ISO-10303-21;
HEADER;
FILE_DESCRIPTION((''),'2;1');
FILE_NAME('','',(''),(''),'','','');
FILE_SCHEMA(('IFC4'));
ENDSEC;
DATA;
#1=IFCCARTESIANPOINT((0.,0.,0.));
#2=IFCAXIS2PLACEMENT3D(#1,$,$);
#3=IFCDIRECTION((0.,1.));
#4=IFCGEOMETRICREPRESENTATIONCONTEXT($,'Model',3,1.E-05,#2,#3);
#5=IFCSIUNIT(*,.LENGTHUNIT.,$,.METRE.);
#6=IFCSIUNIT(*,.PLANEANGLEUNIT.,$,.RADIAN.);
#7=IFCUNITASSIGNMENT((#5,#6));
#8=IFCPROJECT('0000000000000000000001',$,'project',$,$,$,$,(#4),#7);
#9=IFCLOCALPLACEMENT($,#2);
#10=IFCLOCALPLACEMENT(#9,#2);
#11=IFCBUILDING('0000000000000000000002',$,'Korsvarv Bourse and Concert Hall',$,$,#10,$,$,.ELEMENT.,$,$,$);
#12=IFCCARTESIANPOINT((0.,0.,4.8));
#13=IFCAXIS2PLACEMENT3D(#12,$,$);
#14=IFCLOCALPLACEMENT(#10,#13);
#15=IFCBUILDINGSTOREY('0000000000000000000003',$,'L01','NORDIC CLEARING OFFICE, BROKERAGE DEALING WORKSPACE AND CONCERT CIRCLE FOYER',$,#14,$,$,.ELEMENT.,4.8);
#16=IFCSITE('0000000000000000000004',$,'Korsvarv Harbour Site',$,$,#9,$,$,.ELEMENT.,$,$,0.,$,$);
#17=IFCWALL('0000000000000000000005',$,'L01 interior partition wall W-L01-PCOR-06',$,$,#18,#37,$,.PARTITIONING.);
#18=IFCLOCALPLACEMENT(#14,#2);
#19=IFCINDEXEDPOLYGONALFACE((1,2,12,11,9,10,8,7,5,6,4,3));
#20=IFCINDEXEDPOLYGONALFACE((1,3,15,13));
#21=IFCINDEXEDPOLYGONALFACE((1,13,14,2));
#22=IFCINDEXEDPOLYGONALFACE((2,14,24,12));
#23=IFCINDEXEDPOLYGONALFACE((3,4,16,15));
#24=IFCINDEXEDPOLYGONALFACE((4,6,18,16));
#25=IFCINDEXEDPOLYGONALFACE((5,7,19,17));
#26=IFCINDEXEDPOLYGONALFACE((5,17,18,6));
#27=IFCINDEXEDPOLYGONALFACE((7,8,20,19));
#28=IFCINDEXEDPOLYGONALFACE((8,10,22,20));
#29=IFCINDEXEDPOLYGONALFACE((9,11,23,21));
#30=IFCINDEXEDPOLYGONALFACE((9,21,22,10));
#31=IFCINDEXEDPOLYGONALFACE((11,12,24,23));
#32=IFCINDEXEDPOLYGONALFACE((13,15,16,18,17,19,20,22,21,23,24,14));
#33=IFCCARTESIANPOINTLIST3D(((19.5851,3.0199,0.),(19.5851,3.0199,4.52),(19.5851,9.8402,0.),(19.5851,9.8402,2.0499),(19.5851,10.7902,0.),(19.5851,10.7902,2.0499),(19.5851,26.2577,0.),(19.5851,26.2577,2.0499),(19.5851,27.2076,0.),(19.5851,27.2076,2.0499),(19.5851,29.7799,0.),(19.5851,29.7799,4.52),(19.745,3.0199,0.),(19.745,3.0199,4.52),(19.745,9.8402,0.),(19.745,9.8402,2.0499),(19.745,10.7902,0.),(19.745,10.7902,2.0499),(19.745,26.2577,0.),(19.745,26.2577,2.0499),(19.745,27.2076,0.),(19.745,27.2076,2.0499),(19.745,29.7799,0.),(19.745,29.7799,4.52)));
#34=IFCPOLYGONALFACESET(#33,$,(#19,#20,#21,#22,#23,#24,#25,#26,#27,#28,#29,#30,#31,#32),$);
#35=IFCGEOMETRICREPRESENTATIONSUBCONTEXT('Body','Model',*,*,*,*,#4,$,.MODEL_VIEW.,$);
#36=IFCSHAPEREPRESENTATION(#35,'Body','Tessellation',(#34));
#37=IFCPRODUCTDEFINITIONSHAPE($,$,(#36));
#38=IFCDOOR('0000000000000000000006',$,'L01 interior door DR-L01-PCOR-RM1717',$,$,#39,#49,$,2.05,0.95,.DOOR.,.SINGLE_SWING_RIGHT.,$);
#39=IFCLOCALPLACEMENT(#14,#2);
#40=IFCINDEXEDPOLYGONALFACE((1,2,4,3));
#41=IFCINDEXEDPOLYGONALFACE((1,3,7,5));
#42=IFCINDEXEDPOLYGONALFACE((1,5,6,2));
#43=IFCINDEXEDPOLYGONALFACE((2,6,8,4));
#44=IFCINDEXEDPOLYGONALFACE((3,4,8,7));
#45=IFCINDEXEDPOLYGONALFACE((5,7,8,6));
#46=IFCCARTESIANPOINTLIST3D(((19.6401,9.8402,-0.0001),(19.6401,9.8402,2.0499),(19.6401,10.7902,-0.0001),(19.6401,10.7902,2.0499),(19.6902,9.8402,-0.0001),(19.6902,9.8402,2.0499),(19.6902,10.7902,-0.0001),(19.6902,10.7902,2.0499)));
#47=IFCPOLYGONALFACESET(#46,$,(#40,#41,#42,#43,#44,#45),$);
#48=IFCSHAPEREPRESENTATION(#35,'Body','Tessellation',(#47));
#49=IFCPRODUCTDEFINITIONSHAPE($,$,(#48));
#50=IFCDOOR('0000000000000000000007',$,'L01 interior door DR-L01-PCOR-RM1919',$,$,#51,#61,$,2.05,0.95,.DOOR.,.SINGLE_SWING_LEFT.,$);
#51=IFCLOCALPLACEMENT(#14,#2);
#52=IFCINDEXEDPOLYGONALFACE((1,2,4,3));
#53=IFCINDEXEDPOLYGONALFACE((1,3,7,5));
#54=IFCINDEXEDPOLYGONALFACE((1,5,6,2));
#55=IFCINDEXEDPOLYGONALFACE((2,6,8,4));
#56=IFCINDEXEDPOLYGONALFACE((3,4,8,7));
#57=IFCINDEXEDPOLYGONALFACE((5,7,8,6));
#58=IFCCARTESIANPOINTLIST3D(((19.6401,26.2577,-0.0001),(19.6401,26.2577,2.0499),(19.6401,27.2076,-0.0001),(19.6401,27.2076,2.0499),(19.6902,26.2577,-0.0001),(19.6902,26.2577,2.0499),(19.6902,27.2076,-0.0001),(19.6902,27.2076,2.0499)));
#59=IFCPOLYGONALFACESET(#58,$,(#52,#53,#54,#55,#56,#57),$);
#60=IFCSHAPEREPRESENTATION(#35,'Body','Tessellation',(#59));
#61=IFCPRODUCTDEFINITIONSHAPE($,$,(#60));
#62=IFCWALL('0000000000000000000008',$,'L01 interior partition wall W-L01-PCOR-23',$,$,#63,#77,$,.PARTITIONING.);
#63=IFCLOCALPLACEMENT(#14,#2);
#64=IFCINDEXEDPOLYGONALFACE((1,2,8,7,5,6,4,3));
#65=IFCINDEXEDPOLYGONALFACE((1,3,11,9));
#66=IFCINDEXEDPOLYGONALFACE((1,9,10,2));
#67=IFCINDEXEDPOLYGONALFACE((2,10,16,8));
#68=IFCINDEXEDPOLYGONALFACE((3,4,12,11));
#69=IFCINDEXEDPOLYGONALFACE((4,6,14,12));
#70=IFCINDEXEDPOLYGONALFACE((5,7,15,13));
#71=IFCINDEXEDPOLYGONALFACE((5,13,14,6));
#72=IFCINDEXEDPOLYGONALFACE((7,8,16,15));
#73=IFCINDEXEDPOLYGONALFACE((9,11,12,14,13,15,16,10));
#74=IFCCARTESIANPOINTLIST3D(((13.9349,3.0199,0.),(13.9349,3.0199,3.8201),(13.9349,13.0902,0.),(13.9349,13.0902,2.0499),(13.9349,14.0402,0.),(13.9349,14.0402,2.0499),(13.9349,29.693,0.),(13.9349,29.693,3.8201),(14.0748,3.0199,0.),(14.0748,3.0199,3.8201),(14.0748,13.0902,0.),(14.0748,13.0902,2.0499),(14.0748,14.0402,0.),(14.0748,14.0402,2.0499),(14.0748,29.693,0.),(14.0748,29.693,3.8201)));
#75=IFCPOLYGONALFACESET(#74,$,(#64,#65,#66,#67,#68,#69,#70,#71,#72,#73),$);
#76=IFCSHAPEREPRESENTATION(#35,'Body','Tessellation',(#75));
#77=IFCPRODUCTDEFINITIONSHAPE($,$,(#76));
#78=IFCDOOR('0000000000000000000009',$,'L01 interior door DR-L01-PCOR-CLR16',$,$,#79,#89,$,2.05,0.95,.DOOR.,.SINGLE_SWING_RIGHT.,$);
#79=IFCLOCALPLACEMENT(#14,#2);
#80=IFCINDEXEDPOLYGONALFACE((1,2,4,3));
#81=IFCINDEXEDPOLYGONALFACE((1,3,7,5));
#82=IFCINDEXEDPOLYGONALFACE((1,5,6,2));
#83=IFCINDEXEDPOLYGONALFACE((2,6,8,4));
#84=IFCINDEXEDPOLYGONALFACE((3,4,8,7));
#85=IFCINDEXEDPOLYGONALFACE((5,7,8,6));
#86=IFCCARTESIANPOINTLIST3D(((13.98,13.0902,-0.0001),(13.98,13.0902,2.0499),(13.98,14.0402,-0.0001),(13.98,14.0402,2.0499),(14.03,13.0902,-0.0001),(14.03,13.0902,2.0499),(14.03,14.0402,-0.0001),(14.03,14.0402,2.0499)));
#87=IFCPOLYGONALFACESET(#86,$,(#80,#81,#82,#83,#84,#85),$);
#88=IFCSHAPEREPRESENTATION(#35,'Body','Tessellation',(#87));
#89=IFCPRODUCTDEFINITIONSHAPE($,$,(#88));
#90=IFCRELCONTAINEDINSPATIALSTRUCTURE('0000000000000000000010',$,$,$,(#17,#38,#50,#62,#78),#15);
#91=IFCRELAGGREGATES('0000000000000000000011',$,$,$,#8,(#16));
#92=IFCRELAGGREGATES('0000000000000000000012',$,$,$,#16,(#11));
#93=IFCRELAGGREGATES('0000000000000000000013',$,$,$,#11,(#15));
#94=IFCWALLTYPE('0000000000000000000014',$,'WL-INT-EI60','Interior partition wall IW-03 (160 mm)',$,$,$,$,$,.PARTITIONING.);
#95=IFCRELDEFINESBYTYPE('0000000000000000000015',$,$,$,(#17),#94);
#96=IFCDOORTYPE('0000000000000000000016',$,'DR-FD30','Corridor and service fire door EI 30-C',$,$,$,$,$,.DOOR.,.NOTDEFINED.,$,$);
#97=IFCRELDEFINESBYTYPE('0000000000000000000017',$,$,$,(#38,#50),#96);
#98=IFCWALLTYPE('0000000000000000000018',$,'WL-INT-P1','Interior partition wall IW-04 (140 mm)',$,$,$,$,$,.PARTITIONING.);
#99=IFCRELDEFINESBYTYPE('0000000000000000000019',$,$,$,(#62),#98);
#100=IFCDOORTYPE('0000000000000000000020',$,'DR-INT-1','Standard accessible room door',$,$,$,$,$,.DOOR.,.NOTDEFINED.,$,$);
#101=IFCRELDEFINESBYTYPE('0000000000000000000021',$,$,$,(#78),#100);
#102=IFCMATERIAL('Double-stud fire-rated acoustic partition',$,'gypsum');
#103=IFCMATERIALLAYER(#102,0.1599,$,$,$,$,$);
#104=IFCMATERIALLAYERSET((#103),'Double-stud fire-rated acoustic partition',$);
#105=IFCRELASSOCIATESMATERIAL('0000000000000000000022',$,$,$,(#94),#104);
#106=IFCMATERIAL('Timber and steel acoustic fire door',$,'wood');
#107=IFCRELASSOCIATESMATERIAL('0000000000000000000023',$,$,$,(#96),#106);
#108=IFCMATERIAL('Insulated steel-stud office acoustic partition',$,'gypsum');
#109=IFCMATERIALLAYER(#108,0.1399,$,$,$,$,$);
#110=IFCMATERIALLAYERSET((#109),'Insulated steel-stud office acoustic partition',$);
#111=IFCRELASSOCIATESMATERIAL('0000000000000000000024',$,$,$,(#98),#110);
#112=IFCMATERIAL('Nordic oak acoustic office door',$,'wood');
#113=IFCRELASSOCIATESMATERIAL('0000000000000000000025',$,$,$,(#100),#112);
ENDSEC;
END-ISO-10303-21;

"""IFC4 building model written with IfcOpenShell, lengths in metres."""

from ifc_helpers import new_model, si_unit, direction, frame, frame_2d, origin, place, context, subcontext, project, spatial, rectangle, extrude, material, layer, layer_set, type_object, element, fill, save


model = new_model("IFC4")

# Units and contexts
model_context = context("Model", 3, precision=1e-05, world=origin(), true_north=direction((0.0, 1.0)))
body_context = subcontext(model_context, "Body", "Model", "MODEL_VIEW")
ifc_project = project(units=[si_unit("LENGTHUNIT", "METRE"), si_unit("PLANEANGLEUNIT", "RADIAN")], contexts=[model_context])

# Site, building, storey
site_placement = place(None, origin())
site = spatial("IfcSite", under=ifc_project, at=site_placement, Name="Korsvarv Harbour Site", CompositionType="ELEMENT", RefElevation=0.0)
building_placement = place(site_placement, origin())
building = spatial("IfcBuilding", under=site, at=building_placement, Name="Korsvarv Bourse and Concert Hall", CompositionType="ELEMENT")
storey_placement = place(building_placement, frame((0.0, 0.0, 4.8)))
storey = spatial("IfcBuildingStorey", under=building, at=storey_placement, Name="L01", Description="NORDIC CLEARING OFFICE, BROKERAGE DEALING WORKSPACE AND CONCERT CIRCLE FOYER", CompositionType="ELEMENT", Elevation=4.8)

# Wall, openings, doors
ifc_material_1 = material(Name="Double-stud fire-rated acoustic partition", Category="gypsum")
ifc_layer_1 = layer(ifc_material_1, 0.1599)
ifc_layer_set_1 = layer_set([ifc_layer_1], Name="Double-stud fire-rated acoustic partition")
wall_type_1 = type_object("IfcWallType", Name="WL-INT-EI60", Description="Interior partition wall IW-03 (160 mm)", PredefinedType="PARTITIONING", material=ifc_layer_set_1)
wall_1_placement = place(storey_placement, frame((19.665, 3.02, 0.0), z_axis=(0.0, 0.0, 1.0), x_axis=(0.0, 1.0, 0.0)))
wall_1 = element("IfcWall", 1, at=wall_1_placement, inside=storey, type_object=wall_type_1, Name="L01 interior partition wall W-L01-PCOR-06", PredefinedType="PARTITIONING", context=body_context, shape_type="SweptSolid", body=[
    extrude(rectangle(XDim=26.76, YDim=0.1599, at=frame_2d((13.3799, 0.0))), origin(), (0.0, 0.0, 1.0), 4.52),
])
opening_1_placement = place(wall_1_placement, frame((6.8201, 0.0, 0.0)))
opening_1 = element("IfcOpeningElement", 2, at=opening_1_placement, cuts=wall_1, PredefinedType="OPENING", context=body_context, shape_type="SweptSolid", body=[
    extrude(rectangle(XDim=0.95, YDim=2.05, at=frame_2d((0.4751, 1.0249))), frame((0.0, 0.0898, 0.0), z_axis=(0.0, -1.0, 0.0), x_axis=(1.0, 0.0, 0.0)), (0.0, 0.0, 1.0), 0.1799),
])
opening_2_placement = place(wall_1_placement, frame((23.2375, 0.0, 0.0)))
opening_2 = element("IfcOpeningElement", 3, at=opening_2_placement, cuts=wall_1, PredefinedType="OPENING", context=body_context, shape_type="SweptSolid", body=[
    extrude(rectangle(XDim=0.95, YDim=2.05, at=frame_2d((0.4751, 1.0249))), frame((0.0, 0.0898, 0.0), z_axis=(0.0, -1.0, 0.0), x_axis=(1.0, 0.0, 0.0)), (0.0, 0.0, 1.0), 0.1799),
])
ifc_material_2 = material(Name="Timber and steel acoustic fire door", Category="wood")
door_type_1 = type_object("IfcDoorType", Name="DR-FD30", Description="Corridor and service fire door EI 30-C", OperationType="NOTDEFINED", PredefinedType="DOOR", material=ifc_material_2)
door_1_placement = place(opening_1_placement, origin())
door_1 = element("IfcDoor", 4, at=door_1_placement, inside=storey, type_object=door_type_1, Name="L01 interior door DR-L01-PCOR-RM1717", OperationType="SINGLE_SWING_RIGHT", OverallHeight=2.05, OverallWidth=0.95, PredefinedType="DOOR", context=body_context, shape_type="SweptSolid", body=[
    extrude(rectangle(XDim=0.95, YDim=2.05, at=frame_2d((0.4751, 1.0249))), frame((0.0, 0.0249, 0.0), z_axis=(0.0, -1.0, 0.0), x_axis=(1.0, 0.0, 0.0)), (0.0, 0.0, 1.0), 0.05),
])
fill(opening_1, door_1)
door_2_placement = place(opening_2_placement, origin())
door_2 = element("IfcDoor", 5, at=door_2_placement, inside=storey, type_object=door_type_1, Name="L01 interior door DR-L01-PCOR-RM1919", OperationType="SINGLE_SWING_LEFT", OverallHeight=2.05, OverallWidth=0.95, PredefinedType="DOOR", context=body_context, shape_type="SweptSolid", body=[
    extrude(rectangle(XDim=0.95, YDim=2.05, at=frame_2d((0.4751, 1.0249))), frame((0.0, 0.0249, 0.0), z_axis=(0.0, -1.0, 0.0), x_axis=(1.0, 0.0, 0.0)), (0.0, 0.0, 1.0), 0.05),
])
fill(opening_2, door_2)

# Wall, opening, door
ifc_material_3 = material(Name="Insulated steel-stud office acoustic partition", Category="gypsum")
ifc_layer_2 = layer(ifc_material_3, 0.1399)
ifc_layer_set_2 = layer_set([ifc_layer_2], Name="Insulated steel-stud office acoustic partition")
wall_type_2 = type_object("IfcWallType", Name="WL-INT-P1", Description="Interior partition wall IW-04 (140 mm)", PredefinedType="PARTITIONING", material=ifc_layer_set_2)
wall_2_placement = place(storey_placement, frame((14.0049, 3.02, 0.0), z_axis=(0.0, 0.0, 1.0), x_axis=(0.0, 1.0, 0.0)))
wall_2 = element("IfcWall", 6, at=wall_2_placement, inside=storey, type_object=wall_type_2, Name="L01 interior partition wall W-L01-PCOR-23", PredefinedType="PARTITIONING", context=body_context, shape_type="SweptSolid", body=[
    extrude(rectangle(XDim=26.6731, YDim=0.1399, at=frame_2d((13.3364, 0.0))), origin(), (0.0, 0.0, 1.0), 3.8201),
])
opening_3_placement = place(wall_2_placement, frame((10.0701, 0.0, 0.0)))
opening_3 = element("IfcOpeningElement", 7, at=opening_3_placement, cuts=wall_2, PredefinedType="OPENING", context=body_context, shape_type="SweptSolid", body=[
    extrude(rectangle(XDim=0.95, YDim=2.05, at=frame_2d((0.4751, 1.0249))), frame((0.0, 0.0801, 0.0), z_axis=(0.0, -1.0, 0.0), x_axis=(1.0, 0.0, 0.0)), (0.0, 0.0, 1.0), 0.1599),
])
ifc_material_4 = material(Name="Nordic oak acoustic office door", Category="wood")
door_type_2 = type_object("IfcDoorType", Name="DR-INT-1", Description="Standard accessible room door", OperationType="NOTDEFINED", PredefinedType="DOOR", material=ifc_material_4)
door_3_placement = place(opening_3_placement, origin())
door_3 = element("IfcDoor", 8, at=door_3_placement, inside=storey, type_object=door_type_2, Name="L01 interior door DR-L01-PCOR-CLR16", OperationType="SINGLE_SWING_RIGHT", OverallHeight=2.05, OverallWidth=0.95, PredefinedType="DOOR", context=body_context, shape_type="SweptSolid", body=[
    extrude(rectangle(XDim=0.95, YDim=2.05, at=frame_2d((0.4751, 1.0249))), frame((0.0, 0.0249, 0.0), z_axis=(0.0, -1.0, 0.0), x_axis=(1.0, 0.0, 0.0)), (0.0, 0.0, 1.0), 0.05),
])
fill(opening_3, door_3)

save(model, "model.ifc")
